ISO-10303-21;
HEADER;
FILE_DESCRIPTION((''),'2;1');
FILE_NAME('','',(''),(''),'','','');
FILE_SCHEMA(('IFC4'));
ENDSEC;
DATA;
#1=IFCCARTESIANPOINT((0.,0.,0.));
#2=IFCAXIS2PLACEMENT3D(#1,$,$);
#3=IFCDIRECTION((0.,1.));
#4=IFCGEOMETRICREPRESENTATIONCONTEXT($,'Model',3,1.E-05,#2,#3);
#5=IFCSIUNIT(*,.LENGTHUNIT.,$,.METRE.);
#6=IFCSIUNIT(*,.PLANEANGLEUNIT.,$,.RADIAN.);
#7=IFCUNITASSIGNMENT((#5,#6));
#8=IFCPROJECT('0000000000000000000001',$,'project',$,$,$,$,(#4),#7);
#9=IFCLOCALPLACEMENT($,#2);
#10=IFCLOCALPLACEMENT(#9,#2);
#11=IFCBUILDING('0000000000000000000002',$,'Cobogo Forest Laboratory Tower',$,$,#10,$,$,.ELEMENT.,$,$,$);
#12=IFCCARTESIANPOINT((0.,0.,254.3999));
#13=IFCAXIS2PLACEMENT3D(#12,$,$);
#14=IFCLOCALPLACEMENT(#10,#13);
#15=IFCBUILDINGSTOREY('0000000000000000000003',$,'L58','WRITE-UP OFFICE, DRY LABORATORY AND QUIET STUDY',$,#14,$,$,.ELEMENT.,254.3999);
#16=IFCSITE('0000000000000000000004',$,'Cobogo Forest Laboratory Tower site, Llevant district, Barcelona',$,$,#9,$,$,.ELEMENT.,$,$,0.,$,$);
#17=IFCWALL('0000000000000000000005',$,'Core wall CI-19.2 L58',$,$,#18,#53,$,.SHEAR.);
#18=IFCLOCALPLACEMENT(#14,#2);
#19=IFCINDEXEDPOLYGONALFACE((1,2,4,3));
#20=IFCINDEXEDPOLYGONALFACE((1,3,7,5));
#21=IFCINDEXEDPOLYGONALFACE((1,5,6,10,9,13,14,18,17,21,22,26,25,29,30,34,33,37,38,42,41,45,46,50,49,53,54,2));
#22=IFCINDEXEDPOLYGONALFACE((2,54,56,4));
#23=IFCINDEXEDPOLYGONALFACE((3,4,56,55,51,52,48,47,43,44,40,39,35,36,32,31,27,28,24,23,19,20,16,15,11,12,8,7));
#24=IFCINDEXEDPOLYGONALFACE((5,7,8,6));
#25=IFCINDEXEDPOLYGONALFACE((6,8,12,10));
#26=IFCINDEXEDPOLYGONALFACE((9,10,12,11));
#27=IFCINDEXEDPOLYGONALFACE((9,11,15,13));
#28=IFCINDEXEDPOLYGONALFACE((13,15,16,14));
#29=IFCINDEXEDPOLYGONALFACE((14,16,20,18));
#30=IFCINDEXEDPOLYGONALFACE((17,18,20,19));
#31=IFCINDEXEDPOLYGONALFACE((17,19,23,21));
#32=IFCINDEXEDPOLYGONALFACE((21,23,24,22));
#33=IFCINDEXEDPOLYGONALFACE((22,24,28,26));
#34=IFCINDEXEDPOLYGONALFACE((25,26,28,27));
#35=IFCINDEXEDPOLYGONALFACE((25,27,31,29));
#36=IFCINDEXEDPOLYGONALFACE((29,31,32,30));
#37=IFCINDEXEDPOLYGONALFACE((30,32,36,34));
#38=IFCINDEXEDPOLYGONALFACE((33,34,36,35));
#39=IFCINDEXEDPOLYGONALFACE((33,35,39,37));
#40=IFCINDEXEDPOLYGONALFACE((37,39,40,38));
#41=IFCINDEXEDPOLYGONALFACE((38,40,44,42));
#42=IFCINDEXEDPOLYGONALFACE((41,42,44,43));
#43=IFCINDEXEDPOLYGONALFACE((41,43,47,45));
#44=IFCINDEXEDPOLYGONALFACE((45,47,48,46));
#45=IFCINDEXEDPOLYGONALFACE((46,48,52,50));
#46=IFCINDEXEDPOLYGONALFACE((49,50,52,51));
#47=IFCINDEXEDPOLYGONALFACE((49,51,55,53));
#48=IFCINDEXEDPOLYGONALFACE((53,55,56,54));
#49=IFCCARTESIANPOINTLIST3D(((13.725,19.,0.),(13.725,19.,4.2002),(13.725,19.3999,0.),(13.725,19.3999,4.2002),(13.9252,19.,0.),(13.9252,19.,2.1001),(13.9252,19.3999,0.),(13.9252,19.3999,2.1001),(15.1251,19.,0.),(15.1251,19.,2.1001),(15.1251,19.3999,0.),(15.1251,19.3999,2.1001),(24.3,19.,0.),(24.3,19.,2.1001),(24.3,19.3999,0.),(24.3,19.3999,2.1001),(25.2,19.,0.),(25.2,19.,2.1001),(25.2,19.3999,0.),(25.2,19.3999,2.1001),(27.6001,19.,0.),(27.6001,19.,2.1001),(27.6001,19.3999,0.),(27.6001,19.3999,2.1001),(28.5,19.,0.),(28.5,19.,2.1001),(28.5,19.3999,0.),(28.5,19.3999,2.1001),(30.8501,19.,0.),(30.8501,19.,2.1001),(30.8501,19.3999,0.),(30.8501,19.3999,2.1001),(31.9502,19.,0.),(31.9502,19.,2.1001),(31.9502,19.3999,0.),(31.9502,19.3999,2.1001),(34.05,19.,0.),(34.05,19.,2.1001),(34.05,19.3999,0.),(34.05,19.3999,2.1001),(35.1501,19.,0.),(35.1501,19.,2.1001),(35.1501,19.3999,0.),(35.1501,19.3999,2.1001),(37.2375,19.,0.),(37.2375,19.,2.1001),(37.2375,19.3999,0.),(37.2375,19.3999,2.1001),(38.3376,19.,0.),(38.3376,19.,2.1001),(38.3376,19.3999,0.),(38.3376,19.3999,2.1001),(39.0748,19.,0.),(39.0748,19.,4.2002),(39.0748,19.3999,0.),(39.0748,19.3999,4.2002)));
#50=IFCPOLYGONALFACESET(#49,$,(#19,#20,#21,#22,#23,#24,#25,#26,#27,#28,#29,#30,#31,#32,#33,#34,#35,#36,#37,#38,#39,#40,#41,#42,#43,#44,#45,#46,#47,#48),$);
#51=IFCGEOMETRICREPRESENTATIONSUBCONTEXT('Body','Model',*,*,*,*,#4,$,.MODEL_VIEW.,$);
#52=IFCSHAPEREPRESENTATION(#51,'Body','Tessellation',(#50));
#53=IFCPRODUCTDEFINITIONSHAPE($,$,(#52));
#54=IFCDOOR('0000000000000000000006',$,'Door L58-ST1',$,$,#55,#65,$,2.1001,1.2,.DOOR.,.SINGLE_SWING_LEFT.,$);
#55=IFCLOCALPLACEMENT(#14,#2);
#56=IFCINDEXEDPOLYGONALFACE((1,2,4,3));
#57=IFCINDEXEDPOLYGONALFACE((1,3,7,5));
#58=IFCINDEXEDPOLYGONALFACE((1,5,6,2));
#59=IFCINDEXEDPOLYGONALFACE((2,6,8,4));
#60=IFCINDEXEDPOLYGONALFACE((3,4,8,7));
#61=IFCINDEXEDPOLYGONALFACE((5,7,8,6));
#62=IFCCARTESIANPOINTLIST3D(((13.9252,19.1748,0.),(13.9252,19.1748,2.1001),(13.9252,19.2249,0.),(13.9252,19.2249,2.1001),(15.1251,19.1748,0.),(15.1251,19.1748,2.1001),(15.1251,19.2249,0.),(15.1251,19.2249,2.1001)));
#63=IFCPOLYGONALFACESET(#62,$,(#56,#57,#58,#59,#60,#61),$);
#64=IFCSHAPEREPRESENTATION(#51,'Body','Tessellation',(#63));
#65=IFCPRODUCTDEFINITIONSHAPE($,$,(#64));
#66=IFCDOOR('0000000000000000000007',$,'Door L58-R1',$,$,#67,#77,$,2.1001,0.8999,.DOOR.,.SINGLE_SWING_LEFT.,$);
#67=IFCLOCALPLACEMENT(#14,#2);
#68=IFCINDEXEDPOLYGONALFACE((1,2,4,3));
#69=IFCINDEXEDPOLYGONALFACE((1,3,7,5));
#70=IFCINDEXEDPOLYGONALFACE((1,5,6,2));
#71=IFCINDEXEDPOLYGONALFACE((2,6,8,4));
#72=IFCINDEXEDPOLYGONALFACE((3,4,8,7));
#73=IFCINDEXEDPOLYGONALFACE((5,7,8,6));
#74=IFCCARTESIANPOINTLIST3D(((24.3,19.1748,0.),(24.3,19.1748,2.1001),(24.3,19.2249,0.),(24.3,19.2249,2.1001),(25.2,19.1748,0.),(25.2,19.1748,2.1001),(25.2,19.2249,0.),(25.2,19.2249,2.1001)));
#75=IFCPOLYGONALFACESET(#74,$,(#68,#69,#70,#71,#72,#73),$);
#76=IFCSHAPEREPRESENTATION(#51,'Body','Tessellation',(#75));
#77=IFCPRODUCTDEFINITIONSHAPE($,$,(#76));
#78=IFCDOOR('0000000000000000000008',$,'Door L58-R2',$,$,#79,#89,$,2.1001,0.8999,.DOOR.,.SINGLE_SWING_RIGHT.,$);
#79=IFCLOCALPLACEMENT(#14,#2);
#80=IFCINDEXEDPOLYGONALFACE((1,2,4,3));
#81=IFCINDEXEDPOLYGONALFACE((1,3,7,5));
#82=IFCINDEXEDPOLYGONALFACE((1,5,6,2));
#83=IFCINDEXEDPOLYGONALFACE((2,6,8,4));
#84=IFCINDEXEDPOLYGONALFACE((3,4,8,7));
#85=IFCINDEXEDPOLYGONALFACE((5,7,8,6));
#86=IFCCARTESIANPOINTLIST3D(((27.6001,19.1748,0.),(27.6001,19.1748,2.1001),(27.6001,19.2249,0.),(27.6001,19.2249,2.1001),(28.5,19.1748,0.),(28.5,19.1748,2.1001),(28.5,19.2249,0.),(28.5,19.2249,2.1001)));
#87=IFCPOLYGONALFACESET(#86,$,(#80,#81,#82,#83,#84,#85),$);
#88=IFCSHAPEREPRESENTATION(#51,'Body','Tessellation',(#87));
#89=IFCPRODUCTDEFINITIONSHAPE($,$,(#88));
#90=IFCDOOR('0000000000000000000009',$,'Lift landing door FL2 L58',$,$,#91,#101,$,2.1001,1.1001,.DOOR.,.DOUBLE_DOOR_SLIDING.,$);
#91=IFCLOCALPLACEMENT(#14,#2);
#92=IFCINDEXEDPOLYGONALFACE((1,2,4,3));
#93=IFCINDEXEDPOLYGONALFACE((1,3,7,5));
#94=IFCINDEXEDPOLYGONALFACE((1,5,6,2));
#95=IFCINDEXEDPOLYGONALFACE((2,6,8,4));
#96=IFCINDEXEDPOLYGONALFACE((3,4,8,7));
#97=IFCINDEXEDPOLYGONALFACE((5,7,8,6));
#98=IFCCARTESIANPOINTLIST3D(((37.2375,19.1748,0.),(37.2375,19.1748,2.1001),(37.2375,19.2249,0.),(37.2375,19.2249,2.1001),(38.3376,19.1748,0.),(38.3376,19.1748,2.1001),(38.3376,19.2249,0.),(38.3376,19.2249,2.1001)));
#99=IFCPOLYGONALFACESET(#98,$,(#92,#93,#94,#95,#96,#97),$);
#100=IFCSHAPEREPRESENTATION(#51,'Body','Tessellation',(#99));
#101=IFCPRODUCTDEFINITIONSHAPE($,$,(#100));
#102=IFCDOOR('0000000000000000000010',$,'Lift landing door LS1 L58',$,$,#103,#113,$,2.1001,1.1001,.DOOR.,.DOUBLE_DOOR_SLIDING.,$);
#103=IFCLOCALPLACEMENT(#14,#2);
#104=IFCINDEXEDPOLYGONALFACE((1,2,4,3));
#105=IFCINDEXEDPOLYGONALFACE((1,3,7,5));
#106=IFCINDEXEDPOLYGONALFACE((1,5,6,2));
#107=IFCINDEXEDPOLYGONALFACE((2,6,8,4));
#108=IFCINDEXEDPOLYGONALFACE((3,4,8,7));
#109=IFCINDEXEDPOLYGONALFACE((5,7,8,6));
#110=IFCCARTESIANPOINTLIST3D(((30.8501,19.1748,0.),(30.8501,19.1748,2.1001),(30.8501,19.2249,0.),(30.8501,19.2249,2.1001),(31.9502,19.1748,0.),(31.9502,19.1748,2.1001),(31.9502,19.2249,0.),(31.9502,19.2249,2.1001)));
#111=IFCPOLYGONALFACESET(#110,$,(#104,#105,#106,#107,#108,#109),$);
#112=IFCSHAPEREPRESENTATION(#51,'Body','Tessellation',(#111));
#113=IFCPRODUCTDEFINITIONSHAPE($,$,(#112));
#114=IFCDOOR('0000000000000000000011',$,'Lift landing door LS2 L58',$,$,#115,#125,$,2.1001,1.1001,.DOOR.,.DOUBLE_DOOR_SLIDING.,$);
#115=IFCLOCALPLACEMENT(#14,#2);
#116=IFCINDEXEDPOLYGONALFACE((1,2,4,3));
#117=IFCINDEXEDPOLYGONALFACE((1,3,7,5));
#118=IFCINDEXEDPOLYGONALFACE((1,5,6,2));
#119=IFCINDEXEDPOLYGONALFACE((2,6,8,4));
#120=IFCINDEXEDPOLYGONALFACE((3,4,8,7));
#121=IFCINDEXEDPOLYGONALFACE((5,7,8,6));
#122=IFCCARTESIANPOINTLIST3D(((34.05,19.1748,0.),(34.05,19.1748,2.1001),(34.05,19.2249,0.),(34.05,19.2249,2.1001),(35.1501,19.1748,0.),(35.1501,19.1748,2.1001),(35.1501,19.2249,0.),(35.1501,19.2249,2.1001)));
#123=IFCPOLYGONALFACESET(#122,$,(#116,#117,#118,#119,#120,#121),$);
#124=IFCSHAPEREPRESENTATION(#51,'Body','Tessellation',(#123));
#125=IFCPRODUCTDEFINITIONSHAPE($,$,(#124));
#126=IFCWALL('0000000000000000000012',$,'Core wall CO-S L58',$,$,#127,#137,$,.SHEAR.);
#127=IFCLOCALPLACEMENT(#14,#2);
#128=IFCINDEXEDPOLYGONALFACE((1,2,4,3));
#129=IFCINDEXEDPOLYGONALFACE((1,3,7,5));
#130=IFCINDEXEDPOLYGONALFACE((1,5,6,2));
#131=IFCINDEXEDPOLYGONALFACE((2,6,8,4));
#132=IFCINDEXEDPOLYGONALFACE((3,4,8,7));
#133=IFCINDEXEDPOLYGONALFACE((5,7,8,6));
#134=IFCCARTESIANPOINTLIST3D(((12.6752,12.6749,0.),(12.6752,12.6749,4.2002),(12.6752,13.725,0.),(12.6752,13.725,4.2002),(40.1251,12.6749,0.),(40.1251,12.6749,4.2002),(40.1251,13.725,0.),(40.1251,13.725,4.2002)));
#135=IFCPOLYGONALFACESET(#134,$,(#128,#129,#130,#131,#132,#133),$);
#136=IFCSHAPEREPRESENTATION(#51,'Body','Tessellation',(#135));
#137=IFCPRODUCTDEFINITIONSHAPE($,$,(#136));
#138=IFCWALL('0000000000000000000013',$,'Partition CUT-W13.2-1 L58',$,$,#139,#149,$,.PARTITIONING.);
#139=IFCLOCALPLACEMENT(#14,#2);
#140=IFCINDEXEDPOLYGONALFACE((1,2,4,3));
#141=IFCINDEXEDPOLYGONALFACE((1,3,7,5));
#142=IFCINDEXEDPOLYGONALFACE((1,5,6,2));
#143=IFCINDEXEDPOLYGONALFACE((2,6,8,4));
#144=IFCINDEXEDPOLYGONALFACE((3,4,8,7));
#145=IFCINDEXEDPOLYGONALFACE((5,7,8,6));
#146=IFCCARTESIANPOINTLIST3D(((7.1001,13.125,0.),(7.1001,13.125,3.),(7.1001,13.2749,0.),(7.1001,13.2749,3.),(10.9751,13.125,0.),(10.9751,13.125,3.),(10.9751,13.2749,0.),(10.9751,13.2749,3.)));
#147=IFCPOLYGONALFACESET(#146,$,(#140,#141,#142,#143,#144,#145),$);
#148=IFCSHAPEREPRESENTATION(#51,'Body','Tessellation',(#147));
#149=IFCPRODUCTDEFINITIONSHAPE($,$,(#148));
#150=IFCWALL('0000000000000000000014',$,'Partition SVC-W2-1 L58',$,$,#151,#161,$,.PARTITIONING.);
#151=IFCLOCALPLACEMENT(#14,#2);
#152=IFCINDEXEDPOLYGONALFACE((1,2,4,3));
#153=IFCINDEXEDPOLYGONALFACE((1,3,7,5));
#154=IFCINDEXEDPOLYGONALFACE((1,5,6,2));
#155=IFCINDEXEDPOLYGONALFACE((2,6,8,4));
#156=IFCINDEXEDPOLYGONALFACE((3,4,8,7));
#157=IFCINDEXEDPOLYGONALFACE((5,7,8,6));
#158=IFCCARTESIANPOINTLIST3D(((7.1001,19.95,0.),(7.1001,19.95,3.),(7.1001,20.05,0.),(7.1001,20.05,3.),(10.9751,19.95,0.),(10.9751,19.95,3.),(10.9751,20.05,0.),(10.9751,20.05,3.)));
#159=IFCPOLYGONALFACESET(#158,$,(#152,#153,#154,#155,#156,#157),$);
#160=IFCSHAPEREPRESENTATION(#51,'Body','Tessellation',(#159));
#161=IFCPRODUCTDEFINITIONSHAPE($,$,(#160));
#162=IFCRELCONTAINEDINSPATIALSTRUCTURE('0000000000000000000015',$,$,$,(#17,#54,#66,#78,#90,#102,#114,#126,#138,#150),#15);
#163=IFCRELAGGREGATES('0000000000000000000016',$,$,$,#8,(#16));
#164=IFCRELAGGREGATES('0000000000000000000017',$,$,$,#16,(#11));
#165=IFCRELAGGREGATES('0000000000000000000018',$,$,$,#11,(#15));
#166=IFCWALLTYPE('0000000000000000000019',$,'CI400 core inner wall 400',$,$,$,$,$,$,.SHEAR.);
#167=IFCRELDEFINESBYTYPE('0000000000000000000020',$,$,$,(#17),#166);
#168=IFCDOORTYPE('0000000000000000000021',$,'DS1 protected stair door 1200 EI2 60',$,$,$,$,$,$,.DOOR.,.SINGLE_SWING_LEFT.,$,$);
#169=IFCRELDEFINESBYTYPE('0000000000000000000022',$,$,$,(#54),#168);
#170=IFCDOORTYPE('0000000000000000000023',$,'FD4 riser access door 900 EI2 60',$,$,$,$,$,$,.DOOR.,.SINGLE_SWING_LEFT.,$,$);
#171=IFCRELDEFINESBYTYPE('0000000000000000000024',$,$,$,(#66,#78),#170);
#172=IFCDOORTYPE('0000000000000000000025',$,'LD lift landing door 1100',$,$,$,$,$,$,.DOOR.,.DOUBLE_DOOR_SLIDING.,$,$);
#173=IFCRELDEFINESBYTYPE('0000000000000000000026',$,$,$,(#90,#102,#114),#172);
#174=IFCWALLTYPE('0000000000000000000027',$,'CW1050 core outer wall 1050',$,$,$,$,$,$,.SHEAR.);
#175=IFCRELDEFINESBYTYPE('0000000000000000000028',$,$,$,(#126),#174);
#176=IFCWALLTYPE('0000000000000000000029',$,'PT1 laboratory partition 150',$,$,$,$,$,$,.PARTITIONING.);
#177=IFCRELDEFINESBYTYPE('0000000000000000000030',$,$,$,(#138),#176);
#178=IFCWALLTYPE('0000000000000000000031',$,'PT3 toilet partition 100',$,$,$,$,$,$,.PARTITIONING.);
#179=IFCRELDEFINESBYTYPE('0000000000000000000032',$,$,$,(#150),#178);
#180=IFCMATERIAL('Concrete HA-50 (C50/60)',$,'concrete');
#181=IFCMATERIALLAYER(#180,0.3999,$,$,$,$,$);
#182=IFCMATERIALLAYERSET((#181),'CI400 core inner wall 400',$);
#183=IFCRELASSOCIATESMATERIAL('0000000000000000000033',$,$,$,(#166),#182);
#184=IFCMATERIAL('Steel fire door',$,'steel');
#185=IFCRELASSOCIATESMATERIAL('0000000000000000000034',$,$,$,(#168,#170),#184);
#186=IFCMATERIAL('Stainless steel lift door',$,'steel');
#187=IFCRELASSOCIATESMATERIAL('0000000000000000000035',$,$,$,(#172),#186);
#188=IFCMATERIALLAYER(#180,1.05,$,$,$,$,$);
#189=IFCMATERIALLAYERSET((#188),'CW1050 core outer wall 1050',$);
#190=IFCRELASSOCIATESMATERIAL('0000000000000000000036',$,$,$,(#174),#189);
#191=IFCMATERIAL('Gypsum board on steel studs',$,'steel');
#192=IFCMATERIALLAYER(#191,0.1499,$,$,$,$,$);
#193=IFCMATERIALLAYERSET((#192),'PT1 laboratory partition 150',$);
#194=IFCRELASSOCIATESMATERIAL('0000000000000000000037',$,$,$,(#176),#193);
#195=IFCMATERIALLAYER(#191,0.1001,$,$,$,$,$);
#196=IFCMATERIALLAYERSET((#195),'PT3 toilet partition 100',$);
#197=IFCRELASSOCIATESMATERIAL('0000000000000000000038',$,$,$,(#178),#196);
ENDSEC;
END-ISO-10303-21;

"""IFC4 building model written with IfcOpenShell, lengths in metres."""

from ifc_helpers import new_model, si_unit, direction, frame, frame_2d, origin, place, context, subcontext, project, spatial, rectangle, extrude, material, layer, layer_set, type_object, element, fill, save


model = new_model("IFC4")

# Units and contexts
model_context = context("Model", 3, precision=1e-05, world=origin(), true_north=direction((0.0, 1.0)))
body_context = subcontext(model_context, "Body", "Model", "MODEL_VIEW")
ifc_project = project(units=[si_unit("LENGTHUNIT", "METRE"), si_unit("PLANEANGLEUNIT", "RADIAN")], contexts=[model_context])

# Site, building, storey
site_placement = place(None, origin())
site = spatial("IfcSite", under=ifc_project, at=site_placement, Name="Cobogo Forest Laboratory Tower site, Llevant district, Barcelona", CompositionType="ELEMENT", RefElevation=0.0)
building_placement = place(site_placement, origin())
building = spatial("IfcBuilding", under=site, at=building_placement, Name="Cobogo Forest Laboratory Tower", CompositionType="ELEMENT")
storey_placement = place(building_placement, frame((0.0, 0.0, 254.3999)))
storey = spatial("IfcBuildingStorey", under=building, at=storey_placement, Name="L58", Description="WRITE-UP OFFICE, DRY LABORATORY AND QUIET STUDY", CompositionType="ELEMENT", Elevation=254.3999)

# Wall, openings, doors
ifc_material_1 = material(Name="Concrete HA-50 (C50/60)", Category="concrete")
ifc_layer_1 = layer(ifc_material_1, 0.3999)
ifc_layer_set_1 = layer_set([ifc_layer_1], Name="CI400 core inner wall 400")
wall_type_1 = type_object("IfcWallType", Name="CI400 core inner wall 400", PredefinedType="SHEAR", material=ifc_layer_set_1)
ifc_material_2 = material(Name="Steel fire door", Category="steel")
wall_1_placement = place(storey_placement, frame((13.7251, 19.2, 0.0), z_axis=(0.0, 0.0, 1.0), x_axis=(1.0, 0.0, 0.0)))
wall_1 = element("IfcWall", 1, at=wall_1_placement, inside=storey, type_object=wall_type_1, Name="Core wall CI-19.2 L58", PredefinedType="SHEAR", context=body_context, shape_type="SweptSolid", body=[
    extrude(rectangle(XDim=25.3499, YDim=0.3999, at=frame_2d((12.6748, 0.0))), origin(), (0.0, 0.0, 1.0), 4.2002),
])
opening_1_placement = place(wall_1_placement, frame((10.575, 0.0, 0.0)))
opening_1 = element("IfcOpeningElement", 2, at=opening_1_placement, cuts=wall_1, PredefinedType="OPENING", context=body_context, shape_type="SweptSolid", body=[
    extrude(rectangle(XDim=0.8999, YDim=2.1001, at=frame_2d((0.45, 1.05))), frame((0.0, 0.21, 0.0), z_axis=(0.0, -1.0, 0.0), x_axis=(1.0, 0.0, 0.0)), (0.0, 0.0, 1.0), 0.4199),
])
opening_2_placement = place(wall_1_placement, frame((13.875, 0.0, 0.0)))
opening_2 = element("IfcOpeningElement", 3, at=opening_2_placement, cuts=wall_1, PredefinedType="OPENING", context=body_context, shape_type="SweptSolid", body=[
    extrude(rectangle(XDim=0.8999, YDim=2.1001, at=frame_2d((0.45, 1.05))), frame((0.0, 0.21, 0.0), z_axis=(0.0, -1.0, 0.0), x_axis=(1.0, 0.0, 0.0)), (0.0, 0.0, 1.0), 0.4199),
])
opening_3_placement = place(wall_1_placement, frame((0.2, 0.0, 0.0)))
opening_3 = element("IfcOpeningElement", 4, at=opening_3_placement, cuts=wall_1, PredefinedType="OPENING", context=body_context, shape_type="SweptSolid", body=[
    extrude(rectangle(XDim=1.2, YDim=2.1001, at=frame_2d((0.6001, 1.05))), frame((0.0, 0.21, 0.0), z_axis=(0.0, -1.0, 0.0), x_axis=(1.0, 0.0, 0.0)), (0.0, 0.0, 1.0), 0.4199),
])
opening_4_placement = place(wall_1_placement, frame((23.5125, 0.0, 0.0)))
opening_4 = element("IfcOpeningElement", 5, at=opening_4_placement, cuts=wall_1, PredefinedType="OPENING", context=body_context, shape_type="SweptSolid", body=[
    extrude(rectangle(XDim=1.1001, YDim=2.1001, at=frame_2d((0.55, 1.05))), frame((0.0, 0.21, 0.0), z_axis=(0.0, -1.0, 0.0), x_axis=(1.0, 0.0, 0.0)), (0.0, 0.0, 1.0), 0.4199),
])
opening_5_placement = place(wall_1_placement, frame((17.125, 0.0, 0.0)))
opening_5 = element("IfcOpeningElement", 6, at=opening_5_placement, cuts=wall_1, PredefinedType="OPENING", context=body_context, shape_type="SweptSolid", body=[
    extrude(rectangle(XDim=1.1001, YDim=2.1001, at=frame_2d((0.55, 1.05))), frame((0.0, 0.21, 0.0), z_axis=(0.0, -1.0, 0.0), x_axis=(1.0, 0.0, 0.0)), (0.0, 0.0, 1.0), 0.4199),
])
opening_6_placement = place(wall_1_placement, frame((20.325, 0.0, 0.0)))
opening_6 = element("IfcOpeningElement", 7, at=opening_6_placement, cuts=wall_1, PredefinedType="OPENING", context=body_context, shape_type="SweptSolid", body=[
    extrude(rectangle(XDim=1.1001, YDim=2.1001, at=frame_2d((0.55, 1.05))), frame((0.0, 0.21, 0.0), z_axis=(0.0, -1.0, 0.0), x_axis=(1.0, 0.0, 0.0)), (0.0, 0.0, 1.0), 0.4199),
])
door_type_1 = type_object("IfcDoorType", Name="DS1 protected stair door 1200 EI2 60", OperationType="SINGLE_SWING_LEFT", PredefinedType="DOOR", material=ifc_material_2)
door_1_placement = place(opening_3_placement, origin())
door_1 = element("IfcDoor", 8, at=door_1_placement, inside=storey, type_object=door_type_1, Name="Door L58-ST1", OperationType="SINGLE_SWING_LEFT", OverallHeight=2.1001, OverallWidth=1.2, PredefinedType="DOOR", context=body_context, shape_type="SweptSolid", body=[
    extrude(rectangle(XDim=1.2, YDim=2.1001, at=frame_2d((0.6001, 1.05))), frame((0.0, 0.0249, 0.0), z_axis=(0.0, -1.0, 0.0), x_axis=(1.0, 0.0, 0.0)), (0.0, 0.0, 1.0), 0.05),
])
fill(opening_3, door_1)
door_type_2 = type_object("IfcDoorType", Name="FD4 riser access door 900 EI2 60", OperationType="SINGLE_SWING_LEFT", PredefinedType="DOOR", material=ifc_material_2)
door_2_placement = place(opening_1_placement, origin())
door_2 = element("IfcDoor", 9, at=door_2_placement, inside=storey, type_object=door_type_2, Name="Door L58-R1", OperationType="SINGLE_SWING_LEFT", OverallHeight=2.1001, OverallWidth=0.8999, PredefinedType="DOOR", context=body_context, shape_type="SweptSolid", body=[
    extrude(rectangle(XDim=0.8999, YDim=2.1001, at=frame_2d((0.45, 1.05))), frame((0.0, 0.0249, 0.0), z_axis=(0.0, -1.0, 0.0), x_axis=(1.0, 0.0, 0.0)), (0.0, 0.0, 1.0), 0.05),
])
fill(opening_1, door_2)
door_3_placement = place(opening_2_placement, origin())
door_3 = element("IfcDoor", 10, at=door_3_placement, inside=storey, type_object=door_type_2, Name="Door L58-R2", OperationType="SINGLE_SWING_RIGHT", OverallHeight=2.1001, OverallWidth=0.8999, PredefinedType="DOOR", context=body_context, shape_type="SweptSolid", body=[
    extrude(rectangle(XDim=0.8999, YDim=2.1001, at=frame_2d((0.45, 1.05))), frame((0.0, 0.0249, 0.0), z_axis=(0.0, -1.0, 0.0), x_axis=(1.0, 0.0, 0.0)), (0.0, 0.0, 1.0), 0.05),
])
fill(opening_2, door_3)
ifc_material_3 = material(Name="Stainless steel lift door", Category="steel")
door_type_3 = type_object("IfcDoorType", Name="LD lift landing door 1100", OperationType="DOUBLE_DOOR_SLIDING", PredefinedType="DOOR", material=ifc_material_3)
door_4_placement = place(opening_4_placement, origin())
door_4 = element("IfcDoor", 11, at=door_4_placement, inside=storey, type_object=door_type_3, Name="Lift landing door FL2 L58", OperationType="DOUBLE_DOOR_SLIDING", OverallHeight=2.1001, OverallWidth=1.1001, PredefinedType="DOOR", context=body_context, shape_type="SweptSolid", body=[
    extrude(rectangle(XDim=1.1001, YDim=2.1001, at=frame_2d((0.55, 1.05))), frame((0.0, 0.0249, 0.0), z_axis=(0.0, -1.0, 0.0), x_axis=(1.0, 0.0, 0.0)), (0.0, 0.0, 1.0), 0.05),
])
fill(opening_4, door_4)
door_5_placement = place(opening_5_placement, origin())
door_5 = element("IfcDoor", 12, at=door_5_placement, inside=storey, type_object=door_type_3, Name="Lift landing door LS1 L58", OperationType="DOUBLE_DOOR_SLIDING", OverallHeight=2.1001, OverallWidth=1.1001, PredefinedType="DOOR", context=body_context, shape_type="SweptSolid", body=[
    extrude(rectangle(XDim=1.1001, YDim=2.1001, at=frame_2d((0.55, 1.05))), frame((0.0, 0.0249, 0.0), z_axis=(0.0, -1.0, 0.0), x_axis=(1.0, 0.0, 0.0)), (0.0, 0.0, 1.0), 0.05),
])
fill(opening_5, door_5)
door_6_placement = place(opening_6_placement, origin())
door_6 = element("IfcDoor", 13, at=door_6_placement, inside=storey, type_object=door_type_3, Name="Lift landing door LS2 L58", OperationType="DOUBLE_DOOR_SLIDING", OverallHeight=2.1001, OverallWidth=1.1001, PredefinedType="DOOR", context=body_context, shape_type="SweptSolid", body=[
    extrude(rectangle(XDim=1.1001, YDim=2.1001, at=frame_2d((0.55, 1.05))), frame((0.0, 0.0249, 0.0), z_axis=(0.0, -1.0, 0.0), x_axis=(1.0, 0.0, 0.0)), (0.0, 0.0, 1.0), 0.05),
])
fill(opening_6, door_6)

# Walls
ifc_layer_2 = layer(ifc_material_1, 1.05)
ifc_layer_set_2 = layer_set([ifc_layer_2], Name="CW1050 core outer wall 1050")
wall_type_2 = type_object("IfcWallType", Name="CW1050 core outer wall 1050", PredefinedType="SHEAR", material=ifc_layer_set_2)
wall_2_placement = place(storey_placement, frame((12.675, 13.2, 0.0), z_axis=(0.0, 0.0, 1.0), x_axis=(1.0, 0.0, 0.0)))
element("IfcWall", 14, at=wall_2_placement, inside=storey, type_object=wall_type_2, Name="Core wall CO-S L58", PredefinedType="SHEAR", context=body_context, shape_type="SweptSolid", body=[
    extrude(rectangle(XDim=27.45, YDim=1.05, at=frame_2d((13.7251, 0.0))), origin(), (0.0, 0.0, 1.0), 4.2002),
])
ifc_material_4 = material(Name="Gypsum board on steel studs", Category="steel")
ifc_layer_3 = layer(ifc_material_4, 0.1499)
ifc_layer_set_3 = layer_set([ifc_layer_3], Name="PT1 laboratory partition 150")
wall_type_3 = type_object("IfcWallType", Name="PT1 laboratory partition 150", PredefinedType="PARTITIONING", material=ifc_layer_set_3)
wall_3_placement = place(storey_placement, frame((7.1001, 13.2, 0.0), z_axis=(0.0, 0.0, 1.0), x_axis=(1.0, 0.0, 0.0)))
element("IfcWall", 15, at=wall_3_placement, inside=storey, type_object=wall_type_3, Name="Partition CUT-W13.2-1 L58", PredefinedType="PARTITIONING", context=body_context, shape_type="SweptSolid", body=[
    extrude(rectangle(XDim=3.875, YDim=0.1499, at=frame_2d((1.9375, 0.0))), origin(), (0.0, 0.0, 1.0), 3.0),
])
ifc_layer_4 = layer(ifc_material_4, 0.1001)
ifc_layer_set_4 = layer_set([ifc_layer_4], Name="PT3 toilet partition 100")
wall_type_4 = type_object("IfcWallType", Name="PT3 toilet partition 100", PredefinedType="PARTITIONING", material=ifc_layer_set_4)
wall_4_placement = place(storey_placement, frame((7.1001, 20.0, 0.0), z_axis=(0.0, 0.0, 1.0), x_axis=(1.0, 0.0, 0.0)))
element("IfcWall", 16, at=wall_4_placement, inside=storey, type_object=wall_type_4, Name="Partition SVC-W2-1 L58", PredefinedType="PARTITIONING", context=body_context, shape_type="SweptSolid", body=[
    extrude(rectangle(XDim=3.875, YDim=0.1001, at=frame_2d((1.9375, 0.0))), origin(), (0.0, 0.0, 1.0), 3.0),
])

save(model, "model.ifc")
